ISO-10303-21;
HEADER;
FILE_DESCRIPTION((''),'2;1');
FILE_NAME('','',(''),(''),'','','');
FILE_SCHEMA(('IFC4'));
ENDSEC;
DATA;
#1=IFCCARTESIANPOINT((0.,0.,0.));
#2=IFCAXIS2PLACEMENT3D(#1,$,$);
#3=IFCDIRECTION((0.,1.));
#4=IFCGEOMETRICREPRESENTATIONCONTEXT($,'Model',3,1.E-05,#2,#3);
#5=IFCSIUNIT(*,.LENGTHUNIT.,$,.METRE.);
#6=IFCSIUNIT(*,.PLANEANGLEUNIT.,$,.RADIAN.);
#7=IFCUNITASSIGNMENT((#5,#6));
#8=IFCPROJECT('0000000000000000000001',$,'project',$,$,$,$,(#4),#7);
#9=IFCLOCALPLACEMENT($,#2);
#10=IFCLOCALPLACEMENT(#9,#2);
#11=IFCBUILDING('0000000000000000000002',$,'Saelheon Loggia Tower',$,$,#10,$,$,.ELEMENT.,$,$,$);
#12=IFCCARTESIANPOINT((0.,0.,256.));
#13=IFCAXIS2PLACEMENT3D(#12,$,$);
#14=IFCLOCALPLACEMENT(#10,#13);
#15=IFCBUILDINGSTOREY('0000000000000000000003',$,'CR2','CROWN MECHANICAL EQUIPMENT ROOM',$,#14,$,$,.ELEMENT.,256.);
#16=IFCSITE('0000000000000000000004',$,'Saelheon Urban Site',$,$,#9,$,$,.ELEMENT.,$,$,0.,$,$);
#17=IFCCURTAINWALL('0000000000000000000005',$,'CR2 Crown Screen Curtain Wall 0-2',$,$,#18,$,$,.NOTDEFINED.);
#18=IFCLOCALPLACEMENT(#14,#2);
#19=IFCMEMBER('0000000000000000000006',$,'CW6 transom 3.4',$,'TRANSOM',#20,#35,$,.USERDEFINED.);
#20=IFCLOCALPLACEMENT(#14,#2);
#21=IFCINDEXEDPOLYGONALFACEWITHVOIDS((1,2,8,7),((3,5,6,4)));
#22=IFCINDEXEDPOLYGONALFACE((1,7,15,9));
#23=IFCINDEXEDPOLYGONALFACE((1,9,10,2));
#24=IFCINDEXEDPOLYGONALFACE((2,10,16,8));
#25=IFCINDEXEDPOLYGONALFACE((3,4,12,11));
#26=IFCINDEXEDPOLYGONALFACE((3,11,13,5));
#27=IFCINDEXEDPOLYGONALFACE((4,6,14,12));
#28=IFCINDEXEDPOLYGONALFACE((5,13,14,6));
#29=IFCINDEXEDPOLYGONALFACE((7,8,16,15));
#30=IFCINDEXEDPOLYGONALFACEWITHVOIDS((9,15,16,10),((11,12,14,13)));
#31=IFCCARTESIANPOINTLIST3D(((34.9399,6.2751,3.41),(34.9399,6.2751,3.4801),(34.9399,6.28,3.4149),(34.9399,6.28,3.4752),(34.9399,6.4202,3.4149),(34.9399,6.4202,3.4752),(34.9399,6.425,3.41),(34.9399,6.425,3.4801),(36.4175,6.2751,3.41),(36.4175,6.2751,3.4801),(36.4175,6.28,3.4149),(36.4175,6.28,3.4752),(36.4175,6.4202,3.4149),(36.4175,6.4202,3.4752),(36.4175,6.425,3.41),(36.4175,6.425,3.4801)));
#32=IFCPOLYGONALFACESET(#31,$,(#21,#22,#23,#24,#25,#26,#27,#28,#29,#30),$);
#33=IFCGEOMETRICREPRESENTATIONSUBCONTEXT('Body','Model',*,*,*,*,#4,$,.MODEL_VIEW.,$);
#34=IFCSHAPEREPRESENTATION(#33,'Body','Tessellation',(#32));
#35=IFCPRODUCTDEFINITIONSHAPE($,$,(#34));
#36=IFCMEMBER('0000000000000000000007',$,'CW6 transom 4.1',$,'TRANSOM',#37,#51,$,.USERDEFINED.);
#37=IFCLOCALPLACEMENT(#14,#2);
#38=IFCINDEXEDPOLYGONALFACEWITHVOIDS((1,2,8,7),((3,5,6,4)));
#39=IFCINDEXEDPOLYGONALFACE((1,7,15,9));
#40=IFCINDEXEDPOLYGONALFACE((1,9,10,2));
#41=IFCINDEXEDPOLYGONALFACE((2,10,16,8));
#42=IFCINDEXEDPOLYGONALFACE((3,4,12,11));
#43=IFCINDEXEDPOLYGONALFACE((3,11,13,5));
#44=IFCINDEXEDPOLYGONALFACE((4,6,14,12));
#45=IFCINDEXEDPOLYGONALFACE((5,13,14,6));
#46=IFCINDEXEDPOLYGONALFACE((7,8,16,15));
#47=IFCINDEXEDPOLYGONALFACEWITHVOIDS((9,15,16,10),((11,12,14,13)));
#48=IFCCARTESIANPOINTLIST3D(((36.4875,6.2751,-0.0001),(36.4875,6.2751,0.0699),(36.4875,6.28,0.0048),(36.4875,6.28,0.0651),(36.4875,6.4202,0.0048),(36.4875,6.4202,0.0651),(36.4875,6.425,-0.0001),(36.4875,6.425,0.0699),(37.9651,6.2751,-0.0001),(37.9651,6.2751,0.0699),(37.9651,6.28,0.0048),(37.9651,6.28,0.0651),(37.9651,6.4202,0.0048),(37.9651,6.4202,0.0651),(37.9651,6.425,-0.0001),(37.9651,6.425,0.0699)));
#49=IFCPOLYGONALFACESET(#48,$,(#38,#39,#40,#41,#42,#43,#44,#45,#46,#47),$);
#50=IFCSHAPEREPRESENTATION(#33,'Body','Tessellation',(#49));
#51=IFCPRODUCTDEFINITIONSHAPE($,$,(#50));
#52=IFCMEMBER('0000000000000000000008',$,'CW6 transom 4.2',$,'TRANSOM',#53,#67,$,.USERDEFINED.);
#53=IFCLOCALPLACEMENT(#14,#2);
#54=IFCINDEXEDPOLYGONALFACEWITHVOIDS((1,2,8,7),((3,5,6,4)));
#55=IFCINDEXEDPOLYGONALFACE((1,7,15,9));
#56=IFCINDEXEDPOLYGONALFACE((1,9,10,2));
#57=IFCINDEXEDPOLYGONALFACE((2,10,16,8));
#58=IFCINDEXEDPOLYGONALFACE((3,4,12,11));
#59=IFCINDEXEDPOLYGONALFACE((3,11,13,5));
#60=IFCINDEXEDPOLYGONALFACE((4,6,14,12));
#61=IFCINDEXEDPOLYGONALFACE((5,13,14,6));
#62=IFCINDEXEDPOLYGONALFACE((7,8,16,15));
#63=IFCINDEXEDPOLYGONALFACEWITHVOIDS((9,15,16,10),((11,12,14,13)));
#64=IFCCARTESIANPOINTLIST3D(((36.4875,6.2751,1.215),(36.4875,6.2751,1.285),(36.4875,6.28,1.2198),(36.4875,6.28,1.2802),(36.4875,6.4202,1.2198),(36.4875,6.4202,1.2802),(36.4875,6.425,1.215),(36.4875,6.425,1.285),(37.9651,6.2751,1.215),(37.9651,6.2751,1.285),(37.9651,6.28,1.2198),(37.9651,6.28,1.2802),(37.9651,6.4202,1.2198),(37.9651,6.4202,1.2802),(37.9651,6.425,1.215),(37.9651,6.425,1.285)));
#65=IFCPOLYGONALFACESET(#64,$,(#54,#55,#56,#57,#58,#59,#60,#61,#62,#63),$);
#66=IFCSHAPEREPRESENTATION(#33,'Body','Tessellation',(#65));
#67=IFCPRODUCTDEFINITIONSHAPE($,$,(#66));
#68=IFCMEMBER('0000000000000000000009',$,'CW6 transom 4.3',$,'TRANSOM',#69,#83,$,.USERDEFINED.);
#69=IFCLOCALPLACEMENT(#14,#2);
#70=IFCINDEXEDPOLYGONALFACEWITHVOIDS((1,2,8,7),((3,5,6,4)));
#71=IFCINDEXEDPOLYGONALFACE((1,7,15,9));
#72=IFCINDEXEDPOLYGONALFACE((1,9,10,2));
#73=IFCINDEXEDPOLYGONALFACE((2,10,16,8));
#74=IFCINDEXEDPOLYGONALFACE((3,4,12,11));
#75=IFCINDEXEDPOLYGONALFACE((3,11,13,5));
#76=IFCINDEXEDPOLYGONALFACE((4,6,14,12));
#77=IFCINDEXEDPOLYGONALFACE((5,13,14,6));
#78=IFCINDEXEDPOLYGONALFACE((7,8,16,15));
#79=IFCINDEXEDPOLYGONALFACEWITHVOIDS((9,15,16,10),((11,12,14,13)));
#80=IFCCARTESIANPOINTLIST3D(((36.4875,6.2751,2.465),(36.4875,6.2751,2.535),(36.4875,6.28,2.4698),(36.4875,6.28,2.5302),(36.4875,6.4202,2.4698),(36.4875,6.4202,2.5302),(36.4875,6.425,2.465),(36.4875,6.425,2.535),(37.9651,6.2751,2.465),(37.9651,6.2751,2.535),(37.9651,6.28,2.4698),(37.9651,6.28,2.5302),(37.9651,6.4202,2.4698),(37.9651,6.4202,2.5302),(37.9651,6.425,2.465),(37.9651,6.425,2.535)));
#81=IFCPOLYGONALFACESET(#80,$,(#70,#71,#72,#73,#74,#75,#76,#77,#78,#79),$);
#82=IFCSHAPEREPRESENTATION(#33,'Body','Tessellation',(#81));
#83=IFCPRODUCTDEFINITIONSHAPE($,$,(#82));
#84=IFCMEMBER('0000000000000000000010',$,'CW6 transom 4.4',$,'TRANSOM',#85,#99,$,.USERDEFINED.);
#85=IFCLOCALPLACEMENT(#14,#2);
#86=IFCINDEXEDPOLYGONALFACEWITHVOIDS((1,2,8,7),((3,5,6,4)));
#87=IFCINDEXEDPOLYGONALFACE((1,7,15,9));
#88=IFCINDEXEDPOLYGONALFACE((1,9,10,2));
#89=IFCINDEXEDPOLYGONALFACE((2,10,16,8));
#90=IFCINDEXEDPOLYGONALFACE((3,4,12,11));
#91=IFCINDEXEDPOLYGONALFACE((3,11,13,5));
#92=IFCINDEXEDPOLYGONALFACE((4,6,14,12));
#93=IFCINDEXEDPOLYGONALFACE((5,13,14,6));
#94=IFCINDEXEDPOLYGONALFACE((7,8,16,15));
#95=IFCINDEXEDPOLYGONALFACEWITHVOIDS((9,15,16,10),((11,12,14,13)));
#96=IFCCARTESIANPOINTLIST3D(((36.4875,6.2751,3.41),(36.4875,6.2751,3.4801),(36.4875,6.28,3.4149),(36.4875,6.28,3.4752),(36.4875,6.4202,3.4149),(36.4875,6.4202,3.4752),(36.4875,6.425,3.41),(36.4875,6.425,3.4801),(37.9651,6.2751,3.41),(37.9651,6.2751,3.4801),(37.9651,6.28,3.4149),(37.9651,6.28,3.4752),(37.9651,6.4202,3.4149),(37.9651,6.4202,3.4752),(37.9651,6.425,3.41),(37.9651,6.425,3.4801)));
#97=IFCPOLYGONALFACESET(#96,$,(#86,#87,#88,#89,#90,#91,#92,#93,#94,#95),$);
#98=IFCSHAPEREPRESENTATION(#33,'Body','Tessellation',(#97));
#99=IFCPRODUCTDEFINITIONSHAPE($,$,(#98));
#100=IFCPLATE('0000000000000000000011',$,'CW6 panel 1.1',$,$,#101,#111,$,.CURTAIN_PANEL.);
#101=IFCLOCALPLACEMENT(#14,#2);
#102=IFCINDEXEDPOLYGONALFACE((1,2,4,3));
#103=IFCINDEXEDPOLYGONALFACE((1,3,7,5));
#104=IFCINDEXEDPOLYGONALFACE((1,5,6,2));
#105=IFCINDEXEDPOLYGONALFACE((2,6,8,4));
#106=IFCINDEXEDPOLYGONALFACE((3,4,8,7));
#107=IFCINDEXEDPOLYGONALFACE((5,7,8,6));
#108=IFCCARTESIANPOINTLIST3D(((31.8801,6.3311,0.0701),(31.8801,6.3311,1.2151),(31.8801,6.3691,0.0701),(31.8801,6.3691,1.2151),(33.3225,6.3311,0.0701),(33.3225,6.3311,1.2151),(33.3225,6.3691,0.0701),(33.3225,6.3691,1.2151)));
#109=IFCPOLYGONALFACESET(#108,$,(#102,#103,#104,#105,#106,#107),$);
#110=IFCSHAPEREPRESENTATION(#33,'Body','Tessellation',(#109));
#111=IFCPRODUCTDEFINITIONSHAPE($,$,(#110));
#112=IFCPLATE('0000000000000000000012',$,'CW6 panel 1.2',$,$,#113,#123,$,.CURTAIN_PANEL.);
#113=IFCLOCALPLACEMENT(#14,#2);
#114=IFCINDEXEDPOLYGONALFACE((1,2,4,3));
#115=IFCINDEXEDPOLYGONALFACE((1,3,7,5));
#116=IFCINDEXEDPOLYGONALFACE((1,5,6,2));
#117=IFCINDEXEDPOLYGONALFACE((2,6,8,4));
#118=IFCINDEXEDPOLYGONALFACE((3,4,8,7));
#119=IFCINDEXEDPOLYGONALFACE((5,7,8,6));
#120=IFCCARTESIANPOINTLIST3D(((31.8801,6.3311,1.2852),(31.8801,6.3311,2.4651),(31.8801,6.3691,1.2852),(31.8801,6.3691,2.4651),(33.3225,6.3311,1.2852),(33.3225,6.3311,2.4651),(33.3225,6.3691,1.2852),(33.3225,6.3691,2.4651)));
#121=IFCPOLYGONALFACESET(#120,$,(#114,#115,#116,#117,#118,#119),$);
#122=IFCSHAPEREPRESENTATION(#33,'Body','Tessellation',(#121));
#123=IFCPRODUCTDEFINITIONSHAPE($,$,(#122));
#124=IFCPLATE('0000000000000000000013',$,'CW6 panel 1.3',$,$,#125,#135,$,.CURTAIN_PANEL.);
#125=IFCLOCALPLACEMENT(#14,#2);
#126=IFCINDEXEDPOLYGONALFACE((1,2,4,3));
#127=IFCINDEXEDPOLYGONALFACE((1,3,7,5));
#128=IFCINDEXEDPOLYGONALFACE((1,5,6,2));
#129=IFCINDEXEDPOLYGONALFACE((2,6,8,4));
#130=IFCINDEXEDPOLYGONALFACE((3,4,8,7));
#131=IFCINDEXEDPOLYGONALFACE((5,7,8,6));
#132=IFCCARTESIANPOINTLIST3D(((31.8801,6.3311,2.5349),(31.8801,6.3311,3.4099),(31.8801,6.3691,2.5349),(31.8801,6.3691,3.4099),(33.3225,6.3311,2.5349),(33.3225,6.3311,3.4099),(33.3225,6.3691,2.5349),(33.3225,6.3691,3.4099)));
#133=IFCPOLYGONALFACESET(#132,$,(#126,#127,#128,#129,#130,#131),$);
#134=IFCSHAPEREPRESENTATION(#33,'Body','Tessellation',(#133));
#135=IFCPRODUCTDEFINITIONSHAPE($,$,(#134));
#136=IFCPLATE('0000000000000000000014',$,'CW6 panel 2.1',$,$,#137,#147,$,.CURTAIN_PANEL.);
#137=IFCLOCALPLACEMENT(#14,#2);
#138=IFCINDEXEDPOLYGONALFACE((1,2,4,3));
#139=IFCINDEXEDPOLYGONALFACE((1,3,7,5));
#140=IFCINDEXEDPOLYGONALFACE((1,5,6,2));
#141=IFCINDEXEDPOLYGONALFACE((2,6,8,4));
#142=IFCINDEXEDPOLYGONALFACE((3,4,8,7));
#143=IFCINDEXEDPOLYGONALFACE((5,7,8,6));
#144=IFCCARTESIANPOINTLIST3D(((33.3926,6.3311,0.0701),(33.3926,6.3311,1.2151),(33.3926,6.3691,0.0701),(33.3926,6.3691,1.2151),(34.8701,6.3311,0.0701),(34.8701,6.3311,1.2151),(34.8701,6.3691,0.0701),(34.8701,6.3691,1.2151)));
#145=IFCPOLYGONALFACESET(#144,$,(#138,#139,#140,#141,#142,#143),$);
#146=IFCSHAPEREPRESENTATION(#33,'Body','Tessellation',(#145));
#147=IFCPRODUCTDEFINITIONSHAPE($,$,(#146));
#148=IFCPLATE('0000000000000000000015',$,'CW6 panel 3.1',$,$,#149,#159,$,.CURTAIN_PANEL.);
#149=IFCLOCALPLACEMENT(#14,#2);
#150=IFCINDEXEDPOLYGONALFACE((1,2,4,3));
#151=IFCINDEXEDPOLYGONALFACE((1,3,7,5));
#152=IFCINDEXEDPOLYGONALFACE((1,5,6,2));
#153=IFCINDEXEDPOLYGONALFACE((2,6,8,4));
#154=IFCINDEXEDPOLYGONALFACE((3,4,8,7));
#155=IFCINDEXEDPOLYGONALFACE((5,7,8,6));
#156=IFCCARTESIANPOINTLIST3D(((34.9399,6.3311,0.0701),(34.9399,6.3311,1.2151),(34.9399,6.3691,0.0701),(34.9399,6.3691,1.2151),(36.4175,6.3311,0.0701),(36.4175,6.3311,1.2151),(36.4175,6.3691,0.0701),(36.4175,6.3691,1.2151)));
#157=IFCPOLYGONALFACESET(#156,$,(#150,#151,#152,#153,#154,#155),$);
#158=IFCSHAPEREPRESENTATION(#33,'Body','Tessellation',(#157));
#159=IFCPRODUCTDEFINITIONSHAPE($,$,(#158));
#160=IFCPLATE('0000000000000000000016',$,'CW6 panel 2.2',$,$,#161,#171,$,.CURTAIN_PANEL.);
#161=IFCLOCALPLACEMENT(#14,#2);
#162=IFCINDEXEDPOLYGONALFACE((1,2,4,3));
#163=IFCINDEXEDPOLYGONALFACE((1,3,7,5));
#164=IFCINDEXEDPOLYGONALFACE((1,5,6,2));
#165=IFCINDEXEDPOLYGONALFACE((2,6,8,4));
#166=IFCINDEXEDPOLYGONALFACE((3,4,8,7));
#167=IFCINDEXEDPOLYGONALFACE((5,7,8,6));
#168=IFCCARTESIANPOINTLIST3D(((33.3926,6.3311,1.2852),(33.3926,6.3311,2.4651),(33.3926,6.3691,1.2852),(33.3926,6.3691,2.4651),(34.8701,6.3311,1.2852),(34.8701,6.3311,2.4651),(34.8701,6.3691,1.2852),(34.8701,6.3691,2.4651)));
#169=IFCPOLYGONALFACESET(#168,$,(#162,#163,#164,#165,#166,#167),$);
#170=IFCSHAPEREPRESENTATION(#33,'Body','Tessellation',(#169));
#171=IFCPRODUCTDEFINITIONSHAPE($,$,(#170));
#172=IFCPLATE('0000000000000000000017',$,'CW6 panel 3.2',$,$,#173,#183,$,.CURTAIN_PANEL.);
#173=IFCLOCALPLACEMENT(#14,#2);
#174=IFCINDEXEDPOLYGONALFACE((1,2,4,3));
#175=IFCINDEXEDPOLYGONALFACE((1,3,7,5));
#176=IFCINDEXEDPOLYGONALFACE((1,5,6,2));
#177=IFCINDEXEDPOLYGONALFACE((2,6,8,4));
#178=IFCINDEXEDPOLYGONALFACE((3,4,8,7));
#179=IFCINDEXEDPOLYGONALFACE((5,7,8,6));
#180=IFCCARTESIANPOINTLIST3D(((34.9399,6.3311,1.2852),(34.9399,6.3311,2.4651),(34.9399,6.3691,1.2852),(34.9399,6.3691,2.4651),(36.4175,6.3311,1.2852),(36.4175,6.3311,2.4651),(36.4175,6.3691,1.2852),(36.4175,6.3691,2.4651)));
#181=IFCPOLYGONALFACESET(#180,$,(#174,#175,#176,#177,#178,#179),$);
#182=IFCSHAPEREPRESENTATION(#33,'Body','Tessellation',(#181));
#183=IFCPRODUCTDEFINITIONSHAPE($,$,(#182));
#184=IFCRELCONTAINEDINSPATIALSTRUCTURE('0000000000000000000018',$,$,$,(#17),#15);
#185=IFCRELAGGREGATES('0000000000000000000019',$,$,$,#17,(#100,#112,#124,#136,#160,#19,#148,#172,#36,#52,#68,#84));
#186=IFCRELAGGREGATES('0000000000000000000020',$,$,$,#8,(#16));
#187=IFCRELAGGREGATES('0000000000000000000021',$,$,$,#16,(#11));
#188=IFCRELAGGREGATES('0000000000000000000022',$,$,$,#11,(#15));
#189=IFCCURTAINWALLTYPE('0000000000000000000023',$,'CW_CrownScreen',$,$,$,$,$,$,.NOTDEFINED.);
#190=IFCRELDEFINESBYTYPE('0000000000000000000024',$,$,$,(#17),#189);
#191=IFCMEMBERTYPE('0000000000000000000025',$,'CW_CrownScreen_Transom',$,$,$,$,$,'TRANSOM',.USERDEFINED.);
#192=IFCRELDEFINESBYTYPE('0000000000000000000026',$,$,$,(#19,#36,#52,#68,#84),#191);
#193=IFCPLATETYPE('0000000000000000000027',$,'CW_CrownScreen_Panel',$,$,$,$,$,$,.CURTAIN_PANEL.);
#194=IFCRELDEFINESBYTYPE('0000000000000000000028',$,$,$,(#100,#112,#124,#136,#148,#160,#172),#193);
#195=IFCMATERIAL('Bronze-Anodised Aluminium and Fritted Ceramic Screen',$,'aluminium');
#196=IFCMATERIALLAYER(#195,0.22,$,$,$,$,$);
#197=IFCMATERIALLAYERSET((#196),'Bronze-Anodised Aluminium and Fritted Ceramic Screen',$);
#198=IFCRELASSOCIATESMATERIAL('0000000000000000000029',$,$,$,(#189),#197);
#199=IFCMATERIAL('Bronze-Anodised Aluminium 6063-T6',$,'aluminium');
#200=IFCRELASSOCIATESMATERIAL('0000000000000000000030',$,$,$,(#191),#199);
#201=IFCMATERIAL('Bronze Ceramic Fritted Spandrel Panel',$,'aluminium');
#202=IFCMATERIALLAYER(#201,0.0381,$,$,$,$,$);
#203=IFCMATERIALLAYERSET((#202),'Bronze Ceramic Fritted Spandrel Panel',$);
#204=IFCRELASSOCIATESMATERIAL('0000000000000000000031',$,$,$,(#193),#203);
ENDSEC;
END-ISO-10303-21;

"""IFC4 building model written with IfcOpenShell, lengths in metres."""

from ifc_helpers import new_model, si_unit, direction, frame, origin, origin_2d, place, context, subcontext, project, spatial, rectangle, hollow_rectangle, extrude, source, transform, mapped, material, layer, layer_set, material_profile, profile_set, type_object, element, aggregate, save


model = new_model("IFC4")

# Units and contexts
model_context = context("Model", 3, precision=1e-05, world=origin(), true_north=direction((0.0, 1.0)))
body_context = subcontext(model_context, "Body", "Model", "MODEL_VIEW")
ifc_project = project(units=[si_unit("LENGTHUNIT", "METRE"), si_unit("PLANEANGLEUNIT", "RADIAN")], contexts=[model_context])

# Site, building, storey
site_placement = place(None, origin())
site = spatial("IfcSite", under=ifc_project, at=site_placement, Name="Saelheon Urban Site", CompositionType="ELEMENT", RefElevation=0.0)
building_placement = place(site_placement, origin())
building = spatial("IfcBuilding", under=site, at=building_placement, Name="Saelheon Loggia Tower", CompositionType="ELEMENT")
storey_placement = place(building_placement, frame((0.0, 0.0, 256.0)))
storey = spatial("IfcBuildingStorey", under=building, at=storey_placement, Name="CR2", Description="CROWN MECHANICAL EQUIPMENT ROOM", CompositionType="ELEMENT", Elevation=256.0)

# Curtain wall, members, plates
ifc_material_1 = material(Name="Bronze-Anodised Aluminium and Fritted Ceramic Screen", Category="aluminium")
ifc_layer_1 = layer(ifc_material_1, 0.22)
ifc_layer_set_1 = layer_set([ifc_layer_1], Name="Bronze-Anodised Aluminium and Fritted Ceramic Screen")
curtain_wall_type = type_object("IfcCurtainWallType", Name="CW_CrownScreen", PredefinedType="NOTDEFINED", material=ifc_layer_set_1)
curtain_wall_placement = place(storey_placement, origin())
curtain_wall = element("IfcCurtainWall", 1, at=curtain_wall_placement, inside=storey, type_object=curtain_wall_type, Name="CR2 Crown Screen Curtain Wall 0-2", PredefinedType="NOTDEFINED")
ifc_material_2 = material(Name="Bronze-Anodised Aluminium 6063-T6", Category="aluminium")
ifc_material_profile_1 = material_profile(ifc_material_2, hollow_rectangle(XDim=0.0701, YDim=0.1499, WallThickness=0.0049, at=origin_2d()), Name="RHS-150x70x5")
ifc_profile_set_1 = profile_set([ifc_material_profile_1], Name="Bronze-Anodised Aluminium 6063-T6")
member_type_1 = type_object("IfcMemberType", Name="CW_CrownScreen_Transom", ElementType="TRANSOM", PredefinedType="USERDEFINED", material=ifc_profile_set_1)
shared_shape_1 = source(origin(), body_context, "Body", "SweptSolid", [
    extrude(hollow_rectangle(XDim=0.0701, YDim=0.1499, WallThickness=0.0049, at=origin_2d()), origin(), (0.0, 0.0, 1.0), 1.4775),
])
member_1_placement = place(storey_placement, frame((34.9399, 6.3501, 3.4451), z_axis=(1.0, 0.0, 0.0), x_axis=(0.0, 0.0, 1.0)))
member_1 = element("IfcMember", 2, at=member_1_placement, type_object=member_type_1, Name="CW6 transom 3.4", ObjectType="TRANSOM", PredefinedType="USERDEFINED", context=body_context, shape_type="MappedRepresentation", body=[
    mapped(shared_shape_1, transform((0.0, 0.0, 0.0), scale=1.0)),
])
member_2_placement = place(storey_placement, frame((36.4875, 6.3501, 0.0349), z_axis=(1.0, 0.0, 0.0), x_axis=(0.0, 0.0, 1.0)))
member_2 = element("IfcMember", 3, at=member_2_placement, type_object=member_type_1, Name="CW6 transom 4.1", ObjectType="TRANSOM", PredefinedType="USERDEFINED", context=body_context, shape_type="MappedRepresentation", body=[
    mapped(shared_shape_1, transform((0.0, 0.0, 0.0), scale=1.0)),
])
member_3_placement = place(storey_placement, frame((36.4875, 6.3501, 1.25), z_axis=(1.0, 0.0, 0.0), x_axis=(0.0, 0.0, 1.0)))
member_3 = element("IfcMember", 4, at=member_3_placement, type_object=member_type_1, Name="CW6 transom 4.2", ObjectType="TRANSOM", PredefinedType="USERDEFINED", context=body_context, shape_type="MappedRepresentation", body=[
    mapped(shared_shape_1, transform((0.0, 0.0, 0.0), scale=1.0)),
])
member_4_placement = place(storey_placement, frame((36.4875, 6.3501, 2.5), z_axis=(1.0, 0.0, 0.0), x_axis=(0.0, 0.0, 1.0)))
member_4 = element("IfcMember", 5, at=member_4_placement, type_object=member_type_1, Name="CW6 transom 4.3", ObjectType="TRANSOM", PredefinedType="USERDEFINED", context=body_context, shape_type="MappedRepresentation", body=[
    mapped(shared_shape_1, transform((0.0, 0.0, 0.0), scale=1.0)),
])
member_5_placement = place(storey_placement, frame((36.4875, 6.3501, 3.4451), z_axis=(1.0, 0.0, 0.0), x_axis=(0.0, 0.0, 1.0)))
member_5 = element("IfcMember", 6, at=member_5_placement, type_object=member_type_1, Name="CW6 transom 4.4", ObjectType="TRANSOM", PredefinedType="USERDEFINED", context=body_context, shape_type="MappedRepresentation", body=[
    mapped(shared_shape_1, transform((0.0, 0.0, 0.0), scale=1.0)),
])
ifc_material_3 = material(Name="Bronze Ceramic Fritted Spandrel Panel", Category="aluminium")
ifc_layer_2 = layer(ifc_material_3, 0.0381)
ifc_layer_set_2 = layer_set([ifc_layer_2], Name="Bronze Ceramic Fritted Spandrel Panel")
plate_type = type_object("IfcPlateType", Name="CW_CrownScreen_Panel", PredefinedType="CURTAIN_PANEL", material=ifc_layer_set_2)
shared_shape_2 = source(origin(), body_context, "Body", "SweptSolid", [
    extrude(rectangle(XDim=1.4424, YDim=0.0381, at=origin_2d()), origin(), (0.0, 0.0, 1.0), 1.145),
])
plate_1_placement = place(storey_placement, frame((32.6013, 6.3501, 0.0701), z_axis=(0.0, 0.0, 1.0), x_axis=(1.0, 0.0, 0.0)))
plate_1 = element("IfcPlate", 7, at=plate_1_placement, type_object=plate_type, Name="CW6 panel 1.1", PredefinedType="CURTAIN_PANEL", context=body_context, shape_type="MappedRepresentation", body=[
    mapped(shared_shape_2, transform((0.0, 0.0, 0.0), scale=1.0)),
])
shared_shape_3 = source(origin(), body_context, "Body", "SweptSolid", [
    extrude(rectangle(XDim=1.4424, YDim=0.0381, at=origin_2d()), origin(), (0.0, 0.0, 1.0), 1.1799),
])
plate_2_placement = place(storey_placement, frame((32.6013, 6.3501, 1.2852), z_axis=(0.0, 0.0, 1.0), x_axis=(1.0, 0.0, 0.0)))
plate_2 = element("IfcPlate", 8, at=plate_2_placement, type_object=plate_type, Name="CW6 panel 1.2", PredefinedType="CURTAIN_PANEL", context=body_context, shape_type="MappedRepresentation", body=[
    mapped(shared_shape_3, transform((0.0, 0.0, 0.0), scale=1.0)),
])
shared_shape_4 = source(origin(), body_context, "Body", "SweptSolid", [
    extrude(rectangle(XDim=1.4424, YDim=0.0381, at=origin_2d()), origin(), (0.0, 0.0, 1.0), 0.875),
])
plate_3_placement = place(storey_placement, frame((32.6013, 6.3501, 2.5349), z_axis=(0.0, 0.0, 1.0), x_axis=(1.0, 0.0, 0.0)))
plate_3 = element("IfcPlate", 9, at=plate_3_placement, type_object=plate_type, Name="CW6 panel 1.3", PredefinedType="CURTAIN_PANEL", context=body_context, shape_type="MappedRepresentation", body=[
    mapped(shared_shape_4, transform((0.0, 0.0, 0.0), scale=1.0)),
])
shared_shape_5 = source(origin(), body_context, "Body", "SweptSolid", [
    extrude(rectangle(XDim=1.4775, YDim=0.0381, at=origin_2d()), origin(), (0.0, 0.0, 1.0), 1.145),
])
plate_4_placement = place(storey_placement, frame((34.1313, 6.3501, 0.0701), z_axis=(0.0, 0.0, 1.0), x_axis=(1.0, 0.0, 0.0)))
plate_4 = element("IfcPlate", 10, at=plate_4_placement, type_object=plate_type, Name="CW6 panel 2.1", PredefinedType="CURTAIN_PANEL", context=body_context, shape_type="MappedRepresentation", body=[
    mapped(shared_shape_5, transform((0.0, 0.0, 0.0), scale=1.0)),
])
plate_5_placement = place(storey_placement, frame((35.6787, 6.3501, 0.0701), z_axis=(0.0, 0.0, 1.0), x_axis=(1.0, 0.0, 0.0)))
plate_5 = element("IfcPlate", 11, at=plate_5_placement, type_object=plate_type, Name="CW6 panel 3.1", PredefinedType="CURTAIN_PANEL", context=body_context, shape_type="MappedRepresentation", body=[
    mapped(shared_shape_5, transform((0.0, 0.0, 0.0), scale=1.0)),
])
shared_shape_6 = source(origin(), body_context, "Body", "SweptSolid", [
    extrude(rectangle(XDim=1.4775, YDim=0.0381, at=origin_2d()), origin(), (0.0, 0.0, 1.0), 1.1799),
])
plate_6_placement = place(storey_placement, frame((34.1313, 6.3501, 1.2852), z_axis=(0.0, 0.0, 1.0), x_axis=(1.0, 0.0, 0.0)))
plate_6 = element("IfcPlate", 12, at=plate_6_placement, type_object=plate_type, Name="CW6 panel 2.2", PredefinedType="CURTAIN_PANEL", context=body_context, shape_type="MappedRepresentation", body=[
    mapped(shared_shape_6, transform((0.0, 0.0, 0.0), scale=1.0)),
])
plate_7_placement = place(storey_placement, frame((35.6787, 6.3501, 1.2852), z_axis=(0.0, 0.0, 1.0), x_axis=(1.0, 0.0, 0.0)))
plate_7 = element("IfcPlate", 13, at=plate_7_placement, type_object=plate_type, Name="CW6 panel 3.2", PredefinedType="CURTAIN_PANEL", context=body_context, shape_type="MappedRepresentation", body=[
    mapped(shared_shape_6, transform((0.0, 0.0, 0.0), scale=1.0)),
])
aggregate(curtain_wall, [plate_1, plate_2, plate_3, plate_4, plate_6, member_1, plate_5, plate_7, member_2, member_3, member_4, member_5])

save(model, "model.ifc")
